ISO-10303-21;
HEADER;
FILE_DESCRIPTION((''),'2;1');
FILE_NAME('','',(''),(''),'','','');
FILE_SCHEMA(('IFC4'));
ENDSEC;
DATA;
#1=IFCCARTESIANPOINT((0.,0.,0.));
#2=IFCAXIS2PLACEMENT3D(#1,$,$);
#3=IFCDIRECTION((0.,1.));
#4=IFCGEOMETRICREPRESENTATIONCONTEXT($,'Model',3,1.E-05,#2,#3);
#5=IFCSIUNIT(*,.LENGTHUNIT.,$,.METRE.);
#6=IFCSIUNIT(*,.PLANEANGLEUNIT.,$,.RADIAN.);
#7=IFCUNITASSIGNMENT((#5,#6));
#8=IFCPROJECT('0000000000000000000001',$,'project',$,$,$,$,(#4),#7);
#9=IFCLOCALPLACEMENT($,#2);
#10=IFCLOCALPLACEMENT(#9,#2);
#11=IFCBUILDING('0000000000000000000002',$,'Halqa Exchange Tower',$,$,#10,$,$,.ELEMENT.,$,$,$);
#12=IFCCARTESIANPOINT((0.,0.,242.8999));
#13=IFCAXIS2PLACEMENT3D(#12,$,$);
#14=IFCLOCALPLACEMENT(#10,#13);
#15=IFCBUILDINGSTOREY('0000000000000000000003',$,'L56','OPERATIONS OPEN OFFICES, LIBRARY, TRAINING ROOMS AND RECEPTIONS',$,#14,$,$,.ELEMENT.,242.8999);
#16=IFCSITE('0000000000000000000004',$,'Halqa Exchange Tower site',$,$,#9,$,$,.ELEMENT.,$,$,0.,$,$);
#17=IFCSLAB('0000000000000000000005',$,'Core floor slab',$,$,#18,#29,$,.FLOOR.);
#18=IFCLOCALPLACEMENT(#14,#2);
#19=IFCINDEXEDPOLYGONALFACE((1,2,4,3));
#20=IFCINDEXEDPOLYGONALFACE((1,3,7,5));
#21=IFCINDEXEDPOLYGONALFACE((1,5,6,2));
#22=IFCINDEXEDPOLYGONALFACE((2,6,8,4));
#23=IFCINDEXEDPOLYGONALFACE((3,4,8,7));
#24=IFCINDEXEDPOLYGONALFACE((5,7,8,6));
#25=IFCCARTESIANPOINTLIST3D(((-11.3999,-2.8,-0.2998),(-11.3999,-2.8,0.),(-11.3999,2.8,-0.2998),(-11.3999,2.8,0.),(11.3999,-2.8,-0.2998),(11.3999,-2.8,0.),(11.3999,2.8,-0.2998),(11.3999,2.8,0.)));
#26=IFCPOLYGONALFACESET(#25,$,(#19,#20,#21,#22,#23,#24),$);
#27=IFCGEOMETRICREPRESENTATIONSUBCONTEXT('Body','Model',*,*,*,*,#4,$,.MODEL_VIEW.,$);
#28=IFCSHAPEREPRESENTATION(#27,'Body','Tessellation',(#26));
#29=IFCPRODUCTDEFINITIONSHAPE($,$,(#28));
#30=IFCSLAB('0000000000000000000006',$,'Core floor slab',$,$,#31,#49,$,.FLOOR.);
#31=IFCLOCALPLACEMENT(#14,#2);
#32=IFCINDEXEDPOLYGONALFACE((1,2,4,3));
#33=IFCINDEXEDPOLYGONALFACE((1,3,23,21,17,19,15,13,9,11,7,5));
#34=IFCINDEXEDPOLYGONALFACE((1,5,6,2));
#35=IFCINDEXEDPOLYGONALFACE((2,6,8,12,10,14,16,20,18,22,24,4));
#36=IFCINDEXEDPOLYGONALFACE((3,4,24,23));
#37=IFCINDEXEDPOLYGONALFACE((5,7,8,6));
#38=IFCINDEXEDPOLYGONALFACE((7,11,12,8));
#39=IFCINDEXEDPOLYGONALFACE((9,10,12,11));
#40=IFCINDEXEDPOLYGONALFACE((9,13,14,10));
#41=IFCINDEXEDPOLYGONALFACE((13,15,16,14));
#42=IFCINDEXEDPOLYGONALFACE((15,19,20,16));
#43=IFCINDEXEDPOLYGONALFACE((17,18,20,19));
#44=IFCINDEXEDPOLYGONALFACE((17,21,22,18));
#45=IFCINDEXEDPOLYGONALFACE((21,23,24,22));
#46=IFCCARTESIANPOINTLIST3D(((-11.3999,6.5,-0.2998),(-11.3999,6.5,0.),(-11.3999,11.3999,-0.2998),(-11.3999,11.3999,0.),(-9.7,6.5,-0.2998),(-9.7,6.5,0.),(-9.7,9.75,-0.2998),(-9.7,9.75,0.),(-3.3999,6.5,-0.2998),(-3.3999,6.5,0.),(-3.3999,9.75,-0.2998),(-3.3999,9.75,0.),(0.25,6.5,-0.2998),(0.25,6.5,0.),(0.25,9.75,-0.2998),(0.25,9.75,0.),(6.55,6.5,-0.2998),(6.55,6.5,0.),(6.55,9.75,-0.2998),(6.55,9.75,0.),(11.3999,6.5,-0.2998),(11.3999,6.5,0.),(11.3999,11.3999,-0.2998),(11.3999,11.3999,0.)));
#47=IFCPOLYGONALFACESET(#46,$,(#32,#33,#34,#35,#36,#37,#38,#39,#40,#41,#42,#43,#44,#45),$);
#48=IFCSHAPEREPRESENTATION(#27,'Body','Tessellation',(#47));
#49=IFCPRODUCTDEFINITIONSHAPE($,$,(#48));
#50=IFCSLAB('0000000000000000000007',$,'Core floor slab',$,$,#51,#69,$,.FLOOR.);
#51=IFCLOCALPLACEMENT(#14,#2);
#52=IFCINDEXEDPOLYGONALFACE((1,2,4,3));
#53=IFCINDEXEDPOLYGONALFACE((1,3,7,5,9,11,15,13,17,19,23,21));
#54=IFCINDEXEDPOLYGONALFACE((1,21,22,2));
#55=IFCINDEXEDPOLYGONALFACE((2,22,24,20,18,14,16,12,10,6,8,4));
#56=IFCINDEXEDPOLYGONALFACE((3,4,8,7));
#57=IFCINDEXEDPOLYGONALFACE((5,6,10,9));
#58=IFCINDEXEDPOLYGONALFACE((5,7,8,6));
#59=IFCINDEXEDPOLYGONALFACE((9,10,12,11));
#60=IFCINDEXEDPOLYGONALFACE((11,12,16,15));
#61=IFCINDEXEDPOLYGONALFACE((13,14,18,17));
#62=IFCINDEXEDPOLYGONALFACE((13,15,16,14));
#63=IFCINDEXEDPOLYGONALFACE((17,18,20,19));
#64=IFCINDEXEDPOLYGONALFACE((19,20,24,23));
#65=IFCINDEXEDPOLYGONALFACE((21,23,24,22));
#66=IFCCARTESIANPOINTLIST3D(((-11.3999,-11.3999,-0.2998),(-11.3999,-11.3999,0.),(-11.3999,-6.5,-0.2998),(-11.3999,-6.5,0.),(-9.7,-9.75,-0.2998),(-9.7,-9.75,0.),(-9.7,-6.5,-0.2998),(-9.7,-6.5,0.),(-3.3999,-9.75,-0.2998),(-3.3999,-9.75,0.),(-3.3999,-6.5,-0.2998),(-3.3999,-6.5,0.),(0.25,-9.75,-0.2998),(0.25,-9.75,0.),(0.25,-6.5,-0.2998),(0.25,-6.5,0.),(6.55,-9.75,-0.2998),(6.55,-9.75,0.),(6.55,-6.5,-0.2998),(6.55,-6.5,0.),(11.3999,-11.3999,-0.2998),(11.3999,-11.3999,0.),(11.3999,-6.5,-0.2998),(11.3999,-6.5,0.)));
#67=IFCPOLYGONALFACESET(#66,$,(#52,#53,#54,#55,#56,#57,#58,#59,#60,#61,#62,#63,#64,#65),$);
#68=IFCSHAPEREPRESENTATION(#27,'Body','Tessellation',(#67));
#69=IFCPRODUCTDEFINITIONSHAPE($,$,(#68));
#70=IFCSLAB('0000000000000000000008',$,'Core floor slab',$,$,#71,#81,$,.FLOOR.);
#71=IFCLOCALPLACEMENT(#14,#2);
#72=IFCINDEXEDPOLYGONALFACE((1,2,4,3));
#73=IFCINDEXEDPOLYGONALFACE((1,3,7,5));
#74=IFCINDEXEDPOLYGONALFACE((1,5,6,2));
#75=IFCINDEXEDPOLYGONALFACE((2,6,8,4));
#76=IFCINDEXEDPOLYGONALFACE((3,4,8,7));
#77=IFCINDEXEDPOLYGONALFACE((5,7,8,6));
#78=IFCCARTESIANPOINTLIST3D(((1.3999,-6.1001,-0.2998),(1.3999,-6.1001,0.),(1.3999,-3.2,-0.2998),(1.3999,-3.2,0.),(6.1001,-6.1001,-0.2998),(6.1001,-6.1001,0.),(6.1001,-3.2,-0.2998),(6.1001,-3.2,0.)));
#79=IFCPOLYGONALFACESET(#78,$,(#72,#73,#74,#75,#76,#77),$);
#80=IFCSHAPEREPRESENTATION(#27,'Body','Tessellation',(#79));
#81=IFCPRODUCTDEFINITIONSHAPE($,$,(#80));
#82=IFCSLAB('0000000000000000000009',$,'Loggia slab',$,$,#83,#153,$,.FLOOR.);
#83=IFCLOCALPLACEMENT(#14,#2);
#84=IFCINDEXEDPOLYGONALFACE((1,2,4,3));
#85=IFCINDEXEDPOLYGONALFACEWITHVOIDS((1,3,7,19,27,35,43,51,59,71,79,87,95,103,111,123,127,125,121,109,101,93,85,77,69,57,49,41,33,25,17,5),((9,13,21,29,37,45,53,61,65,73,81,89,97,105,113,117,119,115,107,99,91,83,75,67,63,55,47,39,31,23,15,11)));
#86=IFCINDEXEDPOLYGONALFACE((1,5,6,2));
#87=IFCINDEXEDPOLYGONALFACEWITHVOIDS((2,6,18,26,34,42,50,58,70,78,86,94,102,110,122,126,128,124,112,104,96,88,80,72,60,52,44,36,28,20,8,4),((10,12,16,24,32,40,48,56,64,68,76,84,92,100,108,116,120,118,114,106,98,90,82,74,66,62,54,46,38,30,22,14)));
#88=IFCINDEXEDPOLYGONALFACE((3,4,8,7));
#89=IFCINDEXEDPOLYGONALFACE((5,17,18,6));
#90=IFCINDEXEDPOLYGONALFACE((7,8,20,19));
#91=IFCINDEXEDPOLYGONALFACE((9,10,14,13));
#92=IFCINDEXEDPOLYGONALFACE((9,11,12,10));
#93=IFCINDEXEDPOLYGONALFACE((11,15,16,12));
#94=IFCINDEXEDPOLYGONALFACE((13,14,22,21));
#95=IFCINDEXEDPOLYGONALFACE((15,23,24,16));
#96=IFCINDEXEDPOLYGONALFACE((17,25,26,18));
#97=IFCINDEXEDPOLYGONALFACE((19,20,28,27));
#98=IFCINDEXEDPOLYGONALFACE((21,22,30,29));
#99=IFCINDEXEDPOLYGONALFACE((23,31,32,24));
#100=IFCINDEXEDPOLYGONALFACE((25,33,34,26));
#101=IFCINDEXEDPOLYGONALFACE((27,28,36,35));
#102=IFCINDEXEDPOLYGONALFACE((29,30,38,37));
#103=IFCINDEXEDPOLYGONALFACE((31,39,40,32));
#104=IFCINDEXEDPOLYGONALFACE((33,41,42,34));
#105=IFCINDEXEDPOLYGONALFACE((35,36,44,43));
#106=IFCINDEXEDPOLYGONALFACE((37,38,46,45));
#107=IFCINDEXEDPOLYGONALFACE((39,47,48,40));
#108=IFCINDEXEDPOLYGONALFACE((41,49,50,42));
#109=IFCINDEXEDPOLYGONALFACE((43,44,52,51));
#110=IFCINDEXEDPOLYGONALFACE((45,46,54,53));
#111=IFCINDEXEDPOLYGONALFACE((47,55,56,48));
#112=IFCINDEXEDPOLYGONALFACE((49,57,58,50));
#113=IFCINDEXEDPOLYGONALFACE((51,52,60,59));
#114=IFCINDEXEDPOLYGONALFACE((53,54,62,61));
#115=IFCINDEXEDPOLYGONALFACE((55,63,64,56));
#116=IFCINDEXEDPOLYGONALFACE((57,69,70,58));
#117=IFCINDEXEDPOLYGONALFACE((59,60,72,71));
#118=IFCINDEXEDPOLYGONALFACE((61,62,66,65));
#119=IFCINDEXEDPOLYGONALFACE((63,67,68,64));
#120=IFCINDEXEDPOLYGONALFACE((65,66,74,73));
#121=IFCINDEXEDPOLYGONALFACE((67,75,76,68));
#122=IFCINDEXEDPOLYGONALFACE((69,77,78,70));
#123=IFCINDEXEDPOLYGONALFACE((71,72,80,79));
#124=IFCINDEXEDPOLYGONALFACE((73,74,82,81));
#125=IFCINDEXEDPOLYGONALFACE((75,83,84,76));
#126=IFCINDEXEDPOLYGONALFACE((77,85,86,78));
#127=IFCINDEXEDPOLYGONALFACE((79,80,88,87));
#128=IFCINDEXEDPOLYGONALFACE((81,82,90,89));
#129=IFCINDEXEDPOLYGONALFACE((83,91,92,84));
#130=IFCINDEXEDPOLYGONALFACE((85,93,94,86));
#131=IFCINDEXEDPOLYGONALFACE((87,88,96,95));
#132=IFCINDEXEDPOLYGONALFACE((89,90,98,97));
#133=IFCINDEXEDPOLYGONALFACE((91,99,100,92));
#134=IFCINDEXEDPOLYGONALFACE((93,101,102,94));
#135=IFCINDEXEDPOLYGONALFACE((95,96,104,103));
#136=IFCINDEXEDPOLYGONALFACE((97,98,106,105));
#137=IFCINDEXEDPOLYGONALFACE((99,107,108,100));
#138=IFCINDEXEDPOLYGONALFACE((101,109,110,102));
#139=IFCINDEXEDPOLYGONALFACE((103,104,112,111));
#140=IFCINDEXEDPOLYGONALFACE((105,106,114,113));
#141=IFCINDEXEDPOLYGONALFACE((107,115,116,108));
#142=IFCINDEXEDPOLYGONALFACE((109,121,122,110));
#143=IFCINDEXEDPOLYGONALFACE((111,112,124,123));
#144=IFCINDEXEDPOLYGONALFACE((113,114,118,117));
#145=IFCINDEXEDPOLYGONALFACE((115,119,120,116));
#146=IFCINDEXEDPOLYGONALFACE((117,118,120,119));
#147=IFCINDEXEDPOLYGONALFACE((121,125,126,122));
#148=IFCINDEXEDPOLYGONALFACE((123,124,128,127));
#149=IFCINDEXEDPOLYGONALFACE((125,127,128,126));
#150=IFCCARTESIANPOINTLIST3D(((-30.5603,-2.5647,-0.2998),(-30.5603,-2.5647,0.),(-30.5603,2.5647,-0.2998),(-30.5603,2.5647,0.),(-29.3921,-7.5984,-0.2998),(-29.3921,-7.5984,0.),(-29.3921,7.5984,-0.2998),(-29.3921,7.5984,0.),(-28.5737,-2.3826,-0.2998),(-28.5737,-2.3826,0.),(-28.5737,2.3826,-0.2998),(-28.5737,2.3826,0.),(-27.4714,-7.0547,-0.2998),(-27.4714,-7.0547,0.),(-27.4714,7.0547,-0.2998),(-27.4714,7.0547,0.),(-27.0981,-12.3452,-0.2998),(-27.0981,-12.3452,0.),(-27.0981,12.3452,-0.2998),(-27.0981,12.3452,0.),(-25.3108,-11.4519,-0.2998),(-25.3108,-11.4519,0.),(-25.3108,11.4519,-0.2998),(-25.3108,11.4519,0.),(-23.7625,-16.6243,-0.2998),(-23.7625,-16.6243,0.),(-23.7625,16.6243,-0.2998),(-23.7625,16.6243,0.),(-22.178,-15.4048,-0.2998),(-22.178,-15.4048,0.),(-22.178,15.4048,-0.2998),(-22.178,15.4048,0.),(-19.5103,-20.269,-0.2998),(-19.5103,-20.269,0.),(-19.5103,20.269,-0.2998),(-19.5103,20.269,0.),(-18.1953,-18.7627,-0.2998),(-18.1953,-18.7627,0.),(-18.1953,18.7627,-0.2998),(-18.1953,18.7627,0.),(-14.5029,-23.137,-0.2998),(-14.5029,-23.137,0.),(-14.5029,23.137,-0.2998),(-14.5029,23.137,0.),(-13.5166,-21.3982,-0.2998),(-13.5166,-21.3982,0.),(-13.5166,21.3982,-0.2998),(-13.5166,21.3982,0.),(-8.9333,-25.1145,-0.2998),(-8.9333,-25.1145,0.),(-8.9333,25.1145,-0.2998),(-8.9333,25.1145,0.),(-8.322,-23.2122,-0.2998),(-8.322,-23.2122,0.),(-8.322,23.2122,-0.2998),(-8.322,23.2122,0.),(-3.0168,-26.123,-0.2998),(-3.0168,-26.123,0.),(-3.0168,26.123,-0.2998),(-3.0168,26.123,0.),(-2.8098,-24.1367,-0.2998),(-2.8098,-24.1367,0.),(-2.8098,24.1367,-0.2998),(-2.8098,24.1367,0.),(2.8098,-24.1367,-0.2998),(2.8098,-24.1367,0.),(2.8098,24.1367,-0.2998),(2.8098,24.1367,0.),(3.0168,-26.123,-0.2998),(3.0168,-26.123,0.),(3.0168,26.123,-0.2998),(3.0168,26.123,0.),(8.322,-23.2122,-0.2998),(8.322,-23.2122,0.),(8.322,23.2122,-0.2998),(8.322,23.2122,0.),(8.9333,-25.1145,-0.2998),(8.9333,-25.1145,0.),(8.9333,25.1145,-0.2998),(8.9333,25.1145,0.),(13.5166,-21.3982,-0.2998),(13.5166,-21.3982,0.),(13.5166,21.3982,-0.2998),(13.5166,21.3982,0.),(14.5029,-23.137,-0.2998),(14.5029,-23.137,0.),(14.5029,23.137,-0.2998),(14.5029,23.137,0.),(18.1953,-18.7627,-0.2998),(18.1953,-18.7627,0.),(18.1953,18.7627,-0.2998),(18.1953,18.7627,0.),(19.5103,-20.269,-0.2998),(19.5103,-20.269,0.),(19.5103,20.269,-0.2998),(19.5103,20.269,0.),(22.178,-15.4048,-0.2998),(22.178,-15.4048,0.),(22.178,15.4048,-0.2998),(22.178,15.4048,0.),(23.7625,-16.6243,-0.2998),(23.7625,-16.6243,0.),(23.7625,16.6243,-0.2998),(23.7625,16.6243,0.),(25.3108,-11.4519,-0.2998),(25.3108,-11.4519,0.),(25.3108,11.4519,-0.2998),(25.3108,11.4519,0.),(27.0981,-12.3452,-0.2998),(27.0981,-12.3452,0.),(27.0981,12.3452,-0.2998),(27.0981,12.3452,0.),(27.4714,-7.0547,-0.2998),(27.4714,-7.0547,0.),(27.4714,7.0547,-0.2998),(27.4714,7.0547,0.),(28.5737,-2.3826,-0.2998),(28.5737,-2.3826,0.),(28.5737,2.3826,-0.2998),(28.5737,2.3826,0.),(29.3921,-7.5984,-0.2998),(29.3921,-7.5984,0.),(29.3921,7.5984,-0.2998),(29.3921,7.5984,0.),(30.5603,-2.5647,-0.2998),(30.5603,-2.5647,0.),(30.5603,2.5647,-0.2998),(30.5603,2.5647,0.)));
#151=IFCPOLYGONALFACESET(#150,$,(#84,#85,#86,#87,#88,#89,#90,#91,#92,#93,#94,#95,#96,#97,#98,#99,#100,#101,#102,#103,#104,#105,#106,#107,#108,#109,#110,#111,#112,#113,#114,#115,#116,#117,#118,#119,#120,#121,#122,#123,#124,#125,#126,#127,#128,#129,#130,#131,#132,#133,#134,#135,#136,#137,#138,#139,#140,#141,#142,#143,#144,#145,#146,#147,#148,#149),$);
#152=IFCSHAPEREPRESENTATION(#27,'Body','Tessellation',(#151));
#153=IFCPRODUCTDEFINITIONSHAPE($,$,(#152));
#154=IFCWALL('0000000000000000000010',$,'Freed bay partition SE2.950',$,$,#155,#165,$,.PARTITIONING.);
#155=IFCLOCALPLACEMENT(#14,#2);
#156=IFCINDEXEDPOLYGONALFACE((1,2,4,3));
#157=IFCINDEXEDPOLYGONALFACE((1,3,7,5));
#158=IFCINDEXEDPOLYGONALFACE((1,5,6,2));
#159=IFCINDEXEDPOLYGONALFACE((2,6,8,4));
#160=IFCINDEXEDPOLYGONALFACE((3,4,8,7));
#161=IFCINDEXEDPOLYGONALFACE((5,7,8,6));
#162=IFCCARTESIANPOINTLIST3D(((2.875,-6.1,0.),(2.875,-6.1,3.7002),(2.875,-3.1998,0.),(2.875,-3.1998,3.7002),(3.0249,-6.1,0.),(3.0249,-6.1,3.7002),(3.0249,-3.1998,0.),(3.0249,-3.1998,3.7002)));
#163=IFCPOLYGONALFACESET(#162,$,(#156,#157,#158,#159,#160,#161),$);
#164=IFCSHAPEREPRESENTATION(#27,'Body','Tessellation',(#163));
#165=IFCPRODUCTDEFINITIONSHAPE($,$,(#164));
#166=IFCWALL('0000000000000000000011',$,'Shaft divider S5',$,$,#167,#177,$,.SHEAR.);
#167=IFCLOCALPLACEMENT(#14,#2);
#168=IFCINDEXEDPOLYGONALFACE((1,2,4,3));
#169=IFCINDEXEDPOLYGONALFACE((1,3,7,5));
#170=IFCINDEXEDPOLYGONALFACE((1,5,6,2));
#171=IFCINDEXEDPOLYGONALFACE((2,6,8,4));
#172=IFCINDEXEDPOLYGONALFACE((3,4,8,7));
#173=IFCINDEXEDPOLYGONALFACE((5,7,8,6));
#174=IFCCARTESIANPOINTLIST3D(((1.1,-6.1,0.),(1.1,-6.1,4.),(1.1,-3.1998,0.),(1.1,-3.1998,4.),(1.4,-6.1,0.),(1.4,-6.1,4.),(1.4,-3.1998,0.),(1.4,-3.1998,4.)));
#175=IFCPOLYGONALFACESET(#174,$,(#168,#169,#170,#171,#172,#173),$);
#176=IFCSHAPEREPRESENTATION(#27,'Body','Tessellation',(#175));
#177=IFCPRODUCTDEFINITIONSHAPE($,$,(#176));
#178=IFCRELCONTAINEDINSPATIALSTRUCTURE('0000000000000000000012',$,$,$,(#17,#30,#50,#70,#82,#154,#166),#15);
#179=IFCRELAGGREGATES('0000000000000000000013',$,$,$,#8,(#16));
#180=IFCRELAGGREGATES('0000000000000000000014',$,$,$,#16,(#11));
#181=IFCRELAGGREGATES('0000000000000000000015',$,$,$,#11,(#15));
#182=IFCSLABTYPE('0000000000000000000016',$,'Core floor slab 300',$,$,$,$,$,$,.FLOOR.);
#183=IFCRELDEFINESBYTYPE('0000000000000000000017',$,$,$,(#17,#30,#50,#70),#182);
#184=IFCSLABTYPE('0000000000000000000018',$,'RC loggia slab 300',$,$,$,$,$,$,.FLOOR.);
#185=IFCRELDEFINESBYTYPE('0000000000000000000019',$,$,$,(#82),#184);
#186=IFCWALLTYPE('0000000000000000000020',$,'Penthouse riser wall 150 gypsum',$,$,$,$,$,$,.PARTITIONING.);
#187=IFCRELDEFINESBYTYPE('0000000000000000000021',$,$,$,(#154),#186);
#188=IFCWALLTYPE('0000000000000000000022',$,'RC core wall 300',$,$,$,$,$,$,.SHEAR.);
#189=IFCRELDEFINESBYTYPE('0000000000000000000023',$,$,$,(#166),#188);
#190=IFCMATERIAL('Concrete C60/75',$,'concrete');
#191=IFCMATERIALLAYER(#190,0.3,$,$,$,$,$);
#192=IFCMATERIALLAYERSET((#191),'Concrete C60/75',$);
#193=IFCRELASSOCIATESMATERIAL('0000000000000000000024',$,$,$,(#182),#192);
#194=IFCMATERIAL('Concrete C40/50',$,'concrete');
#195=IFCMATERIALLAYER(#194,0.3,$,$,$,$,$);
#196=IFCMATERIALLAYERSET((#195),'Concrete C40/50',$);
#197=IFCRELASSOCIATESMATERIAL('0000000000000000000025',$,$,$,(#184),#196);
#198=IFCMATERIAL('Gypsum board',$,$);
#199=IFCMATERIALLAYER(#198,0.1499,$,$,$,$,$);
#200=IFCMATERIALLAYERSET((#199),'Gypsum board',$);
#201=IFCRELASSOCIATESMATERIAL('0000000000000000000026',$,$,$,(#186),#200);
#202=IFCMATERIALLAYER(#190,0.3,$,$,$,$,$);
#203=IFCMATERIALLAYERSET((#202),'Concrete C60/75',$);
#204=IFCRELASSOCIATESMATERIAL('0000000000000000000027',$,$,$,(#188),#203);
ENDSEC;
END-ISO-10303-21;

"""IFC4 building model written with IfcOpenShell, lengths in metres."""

from ifc_helpers import new_model, si_unit, direction, frame, frame_2d, origin, place, context, subcontext, project, spatial, polyline, rectangle, outline, extrude, material, layer, layer_set, type_object, element, save


model = new_model("IFC4")

# Units and contexts
model_context = context("Model", 3, precision=1e-05, world=origin(), true_north=direction((0.0, 1.0)))
body_context = subcontext(model_context, "Body", "Model", "MODEL_VIEW")
ifc_project = project(units=[si_unit("LENGTHUNIT", "METRE"), si_unit("PLANEANGLEUNIT", "RADIAN")], contexts=[model_context])

# Site, building, storey
site_placement = place(None, origin())
site = spatial("IfcSite", under=ifc_project, at=site_placement, Name="Halqa Exchange Tower site", CompositionType="ELEMENT", RefElevation=0.0)
building_placement = place(site_placement, origin())
building = spatial("IfcBuilding", under=site, at=building_placement, Name="Halqa Exchange Tower", CompositionType="ELEMENT")
storey_placement = place(building_placement, frame((0.0, 0.0, 242.8999)))
storey = spatial("IfcBuildingStorey", under=building, at=storey_placement, Name="L56", Description="OPERATIONS OPEN OFFICES, LIBRARY, TRAINING ROOMS AND RECEPTIONS", CompositionType="ELEMENT", Elevation=242.8999)

# Slabs
ifc_material_1 = material(Name="Concrete C60/75", Category="concrete")
ifc_layer_1 = layer(ifc_material_1, 0.3)
ifc_layer_set_1 = layer_set([ifc_layer_1], Name="Concrete C60/75")
slab_type_1 = type_object("IfcSlabType", Name="Core floor slab 300", PredefinedType="FLOOR", material=ifc_layer_set_1)
slab_1_placement = place(storey_placement, frame((0.0, 0.0, -0.2998)))
element("IfcSlab", 1, at=slab_1_placement, inside=storey, type_object=slab_type_1, Name="Core floor slab", PredefinedType="FLOOR", context=body_context, shape_type="SweptSolid", body=[
    extrude(outline(polyline([(-11.3999, 2.8), (11.3999, 2.8), (11.3999, -2.8), (-11.3999, -2.8), (-11.3999, 2.8)])), origin(), (0.0, 0.0, 1.0), 0.2998),
])
slab_2_placement = place(storey_placement, frame((0.0, 0.0, -0.2998)))
element("IfcSlab", 2, at=slab_2_placement, inside=storey, type_object=slab_type_1, Name="Core floor slab", PredefinedType="FLOOR", context=body_context, shape_type="SweptSolid", body=[
    extrude(outline(polyline([(-11.3999, 11.3999), (11.3999, 11.3999), (11.3999, 6.5), (6.55, 6.5), (6.55, 9.75), (0.25, 9.75), (0.25, 6.5), (-3.3999, 6.5), (-3.3999, 9.75), (-9.7, 9.75), (-9.7, 6.5), (-11.3999, 6.5), (-11.3999, 11.3999)])), origin(), (0.0, 0.0, 1.0), 0.2998),
])
slab_3_placement = place(storey_placement, frame((0.0, 0.0, -0.2998)))
element("IfcSlab", 3, at=slab_3_placement, inside=storey, type_object=slab_type_1, Name="Core floor slab", PredefinedType="FLOOR", context=body_context, shape_type="SweptSolid", body=[
    extrude(outline(polyline([(-9.7, -9.75), (-3.3999, -9.75), (-3.3999, -6.5), (0.25, -6.5), (0.25, -9.75), (6.55, -9.75), (6.55, -6.5), (11.3999, -6.5), (11.3999, -11.3999), (-11.3999, -11.3999), (-11.3999, -6.5), (-9.7, -6.5), (-9.7, -9.75)])), origin(), (0.0, 0.0, 1.0), 0.2998),
])
slab_4_placement = place(storey_placement, frame((0.0, 0.0, -0.2998)))
element("IfcSlab", 4, at=slab_4_placement, inside=storey, type_object=slab_type_1, Name="Core floor slab", PredefinedType="FLOOR", context=body_context, shape_type="SweptSolid", body=[
    extrude(outline(polyline([(6.1001, -3.2), (6.1001, -6.1001), (1.3999, -6.1001), (1.3999, -3.2), (6.1001, -3.2)])), origin(), (0.0, 0.0, 1.0), 0.2998),
])
ifc_material_2 = material(Name="Concrete C40/50", Category="concrete")
ifc_layer_2 = layer(ifc_material_2, 0.3)
ifc_layer_set_2 = layer_set([ifc_layer_2], Name="Concrete C40/50")
slab_type_2 = type_object("IfcSlabType", Name="RC loggia slab 300", PredefinedType="FLOOR", material=ifc_layer_set_2)
slab_5_placement = place(storey_placement, frame((0.0, 0.0, -0.2998)))
element("IfcSlab", 5, at=slab_5_placement, inside=storey, type_object=slab_type_2, Name="Loggia slab", PredefinedType="FLOOR", context=body_context, shape_type="SweptSolid", body=[
    extrude(outline(polyline([(30.5603, 2.5647), (30.5603, -2.5647), (29.3921, -7.5984), (27.0981, -12.3452), (23.7625, -16.6243), (19.5103, -20.269), (14.5029, -23.137), (8.9333, -25.1145), (3.0168, -26.123), (-3.0168, -26.123), (-8.9333, -25.1145), (-14.5029, -23.137), (-19.5103, -20.269), (-23.7625, -16.6243), (-27.0981, -12.3452), (-29.3921, -7.5984), (-30.5603, -2.5647), (-30.5603, 2.5647), (-29.3921, 7.5984), (-27.0981, 12.3452), (-23.7625, 16.6243), (-19.5103, 20.269), (-14.5029, 23.137), (-8.9333, 25.1145), (-3.0168, 26.123), (3.0168, 26.123), (8.9333, 25.1145), (14.5029, 23.137), (19.5103, 20.269), (23.7625, 16.6243), (27.0981, 12.3452), (29.3921, 7.5984), (30.5603, 2.5647)]), holes=[polyline([(28.5737, 2.3826), (27.4714, 7.0547), (25.3108, 11.4519), (22.178, 15.4048), (18.1953, 18.7627), (13.5166, 21.3982), (8.322, 23.2122), (2.8098, 24.1367), (-2.8098, 24.1367), (-8.322, 23.2122), (-13.5166, 21.3982), (-18.1953, 18.7627), (-22.178, 15.4048), (-25.3108, 11.4519), (-27.4714, 7.0547), (-28.5737, 2.3826), (-28.5737, -2.3826), (-27.4714, -7.0547), (-25.3108, -11.4519), (-22.178, -15.4048), (-18.1953, -18.7627), (-13.5166, -21.3982), (-8.322, -23.2122), (-2.8098, -24.1367), (2.8098, -24.1367), (8.322, -23.2122), (13.5166, -21.3982), (18.1953, -18.7627), (22.178, -15.4048), (25.3108, -11.4519), (27.4714, -7.0547), (28.5737, -2.3826), (28.5737, 2.3826)])]), origin(), (0.0, 0.0, 1.0), 0.2998),
])

# Walls
ifc_material_3 = material(Name="Gypsum board")
ifc_layer_3 = layer(ifc_material_3, 0.1499)
ifc_layer_set_3 = layer_set([ifc_layer_3], Name="Gypsum board")
wall_type_1 = type_object("IfcWallType", Name="Penthouse riser wall 150 gypsum", PredefinedType="PARTITIONING", material=ifc_layer_set_3)
wall_1_placement = place(storey_placement, frame((2.95, -6.1001, 0.0), z_axis=(0.0, 0.0, 1.0), x_axis=(0.0, 1.0, 0.0)))
element("IfcWall", 6, at=wall_1_placement, inside=storey, type_object=wall_type_1, Name="Freed bay partition SE2.950", PredefinedType="PARTITIONING", context=body_context, shape_type="SweptSolid", body=[
    extrude(rectangle(XDim=2.9001, YDim=0.1499, at=frame_2d((1.4502, 0.0))), origin(), (0.0, 0.0, 1.0), 3.7002),
])
ifc_layer_4 = layer(ifc_material_1, 0.3)
ifc_layer_set_4 = layer_set([ifc_layer_4], Name="Concrete C60/75")
wall_type_2 = type_object("IfcWallType", Name="RC core wall 300", PredefinedType="SHEAR", material=ifc_layer_set_4)
for number, where, z_axis, x_axis, name in (
    (7, (1.25, -6.1001, 0.0), (0.0, 0.0, 1.0), (0.0, 1.0, 0.0), "Shaft divider S5"),
):
    element("IfcWall", number, at=place(storey_placement, frame(where, z_axis=z_axis, x_axis=x_axis)), inside=storey, type_object=wall_type_2, Name=name, PredefinedType="SHEAR", context=body_context, shape_type="SweptSolid", body=[
        extrude(rectangle(XDim=2.9001, YDim=0.3, at=frame_2d((1.4502, 0.0))), origin(), (0.0, 0.0, 1.0), 4.0),
    ])

save(model, "model.ifc")
